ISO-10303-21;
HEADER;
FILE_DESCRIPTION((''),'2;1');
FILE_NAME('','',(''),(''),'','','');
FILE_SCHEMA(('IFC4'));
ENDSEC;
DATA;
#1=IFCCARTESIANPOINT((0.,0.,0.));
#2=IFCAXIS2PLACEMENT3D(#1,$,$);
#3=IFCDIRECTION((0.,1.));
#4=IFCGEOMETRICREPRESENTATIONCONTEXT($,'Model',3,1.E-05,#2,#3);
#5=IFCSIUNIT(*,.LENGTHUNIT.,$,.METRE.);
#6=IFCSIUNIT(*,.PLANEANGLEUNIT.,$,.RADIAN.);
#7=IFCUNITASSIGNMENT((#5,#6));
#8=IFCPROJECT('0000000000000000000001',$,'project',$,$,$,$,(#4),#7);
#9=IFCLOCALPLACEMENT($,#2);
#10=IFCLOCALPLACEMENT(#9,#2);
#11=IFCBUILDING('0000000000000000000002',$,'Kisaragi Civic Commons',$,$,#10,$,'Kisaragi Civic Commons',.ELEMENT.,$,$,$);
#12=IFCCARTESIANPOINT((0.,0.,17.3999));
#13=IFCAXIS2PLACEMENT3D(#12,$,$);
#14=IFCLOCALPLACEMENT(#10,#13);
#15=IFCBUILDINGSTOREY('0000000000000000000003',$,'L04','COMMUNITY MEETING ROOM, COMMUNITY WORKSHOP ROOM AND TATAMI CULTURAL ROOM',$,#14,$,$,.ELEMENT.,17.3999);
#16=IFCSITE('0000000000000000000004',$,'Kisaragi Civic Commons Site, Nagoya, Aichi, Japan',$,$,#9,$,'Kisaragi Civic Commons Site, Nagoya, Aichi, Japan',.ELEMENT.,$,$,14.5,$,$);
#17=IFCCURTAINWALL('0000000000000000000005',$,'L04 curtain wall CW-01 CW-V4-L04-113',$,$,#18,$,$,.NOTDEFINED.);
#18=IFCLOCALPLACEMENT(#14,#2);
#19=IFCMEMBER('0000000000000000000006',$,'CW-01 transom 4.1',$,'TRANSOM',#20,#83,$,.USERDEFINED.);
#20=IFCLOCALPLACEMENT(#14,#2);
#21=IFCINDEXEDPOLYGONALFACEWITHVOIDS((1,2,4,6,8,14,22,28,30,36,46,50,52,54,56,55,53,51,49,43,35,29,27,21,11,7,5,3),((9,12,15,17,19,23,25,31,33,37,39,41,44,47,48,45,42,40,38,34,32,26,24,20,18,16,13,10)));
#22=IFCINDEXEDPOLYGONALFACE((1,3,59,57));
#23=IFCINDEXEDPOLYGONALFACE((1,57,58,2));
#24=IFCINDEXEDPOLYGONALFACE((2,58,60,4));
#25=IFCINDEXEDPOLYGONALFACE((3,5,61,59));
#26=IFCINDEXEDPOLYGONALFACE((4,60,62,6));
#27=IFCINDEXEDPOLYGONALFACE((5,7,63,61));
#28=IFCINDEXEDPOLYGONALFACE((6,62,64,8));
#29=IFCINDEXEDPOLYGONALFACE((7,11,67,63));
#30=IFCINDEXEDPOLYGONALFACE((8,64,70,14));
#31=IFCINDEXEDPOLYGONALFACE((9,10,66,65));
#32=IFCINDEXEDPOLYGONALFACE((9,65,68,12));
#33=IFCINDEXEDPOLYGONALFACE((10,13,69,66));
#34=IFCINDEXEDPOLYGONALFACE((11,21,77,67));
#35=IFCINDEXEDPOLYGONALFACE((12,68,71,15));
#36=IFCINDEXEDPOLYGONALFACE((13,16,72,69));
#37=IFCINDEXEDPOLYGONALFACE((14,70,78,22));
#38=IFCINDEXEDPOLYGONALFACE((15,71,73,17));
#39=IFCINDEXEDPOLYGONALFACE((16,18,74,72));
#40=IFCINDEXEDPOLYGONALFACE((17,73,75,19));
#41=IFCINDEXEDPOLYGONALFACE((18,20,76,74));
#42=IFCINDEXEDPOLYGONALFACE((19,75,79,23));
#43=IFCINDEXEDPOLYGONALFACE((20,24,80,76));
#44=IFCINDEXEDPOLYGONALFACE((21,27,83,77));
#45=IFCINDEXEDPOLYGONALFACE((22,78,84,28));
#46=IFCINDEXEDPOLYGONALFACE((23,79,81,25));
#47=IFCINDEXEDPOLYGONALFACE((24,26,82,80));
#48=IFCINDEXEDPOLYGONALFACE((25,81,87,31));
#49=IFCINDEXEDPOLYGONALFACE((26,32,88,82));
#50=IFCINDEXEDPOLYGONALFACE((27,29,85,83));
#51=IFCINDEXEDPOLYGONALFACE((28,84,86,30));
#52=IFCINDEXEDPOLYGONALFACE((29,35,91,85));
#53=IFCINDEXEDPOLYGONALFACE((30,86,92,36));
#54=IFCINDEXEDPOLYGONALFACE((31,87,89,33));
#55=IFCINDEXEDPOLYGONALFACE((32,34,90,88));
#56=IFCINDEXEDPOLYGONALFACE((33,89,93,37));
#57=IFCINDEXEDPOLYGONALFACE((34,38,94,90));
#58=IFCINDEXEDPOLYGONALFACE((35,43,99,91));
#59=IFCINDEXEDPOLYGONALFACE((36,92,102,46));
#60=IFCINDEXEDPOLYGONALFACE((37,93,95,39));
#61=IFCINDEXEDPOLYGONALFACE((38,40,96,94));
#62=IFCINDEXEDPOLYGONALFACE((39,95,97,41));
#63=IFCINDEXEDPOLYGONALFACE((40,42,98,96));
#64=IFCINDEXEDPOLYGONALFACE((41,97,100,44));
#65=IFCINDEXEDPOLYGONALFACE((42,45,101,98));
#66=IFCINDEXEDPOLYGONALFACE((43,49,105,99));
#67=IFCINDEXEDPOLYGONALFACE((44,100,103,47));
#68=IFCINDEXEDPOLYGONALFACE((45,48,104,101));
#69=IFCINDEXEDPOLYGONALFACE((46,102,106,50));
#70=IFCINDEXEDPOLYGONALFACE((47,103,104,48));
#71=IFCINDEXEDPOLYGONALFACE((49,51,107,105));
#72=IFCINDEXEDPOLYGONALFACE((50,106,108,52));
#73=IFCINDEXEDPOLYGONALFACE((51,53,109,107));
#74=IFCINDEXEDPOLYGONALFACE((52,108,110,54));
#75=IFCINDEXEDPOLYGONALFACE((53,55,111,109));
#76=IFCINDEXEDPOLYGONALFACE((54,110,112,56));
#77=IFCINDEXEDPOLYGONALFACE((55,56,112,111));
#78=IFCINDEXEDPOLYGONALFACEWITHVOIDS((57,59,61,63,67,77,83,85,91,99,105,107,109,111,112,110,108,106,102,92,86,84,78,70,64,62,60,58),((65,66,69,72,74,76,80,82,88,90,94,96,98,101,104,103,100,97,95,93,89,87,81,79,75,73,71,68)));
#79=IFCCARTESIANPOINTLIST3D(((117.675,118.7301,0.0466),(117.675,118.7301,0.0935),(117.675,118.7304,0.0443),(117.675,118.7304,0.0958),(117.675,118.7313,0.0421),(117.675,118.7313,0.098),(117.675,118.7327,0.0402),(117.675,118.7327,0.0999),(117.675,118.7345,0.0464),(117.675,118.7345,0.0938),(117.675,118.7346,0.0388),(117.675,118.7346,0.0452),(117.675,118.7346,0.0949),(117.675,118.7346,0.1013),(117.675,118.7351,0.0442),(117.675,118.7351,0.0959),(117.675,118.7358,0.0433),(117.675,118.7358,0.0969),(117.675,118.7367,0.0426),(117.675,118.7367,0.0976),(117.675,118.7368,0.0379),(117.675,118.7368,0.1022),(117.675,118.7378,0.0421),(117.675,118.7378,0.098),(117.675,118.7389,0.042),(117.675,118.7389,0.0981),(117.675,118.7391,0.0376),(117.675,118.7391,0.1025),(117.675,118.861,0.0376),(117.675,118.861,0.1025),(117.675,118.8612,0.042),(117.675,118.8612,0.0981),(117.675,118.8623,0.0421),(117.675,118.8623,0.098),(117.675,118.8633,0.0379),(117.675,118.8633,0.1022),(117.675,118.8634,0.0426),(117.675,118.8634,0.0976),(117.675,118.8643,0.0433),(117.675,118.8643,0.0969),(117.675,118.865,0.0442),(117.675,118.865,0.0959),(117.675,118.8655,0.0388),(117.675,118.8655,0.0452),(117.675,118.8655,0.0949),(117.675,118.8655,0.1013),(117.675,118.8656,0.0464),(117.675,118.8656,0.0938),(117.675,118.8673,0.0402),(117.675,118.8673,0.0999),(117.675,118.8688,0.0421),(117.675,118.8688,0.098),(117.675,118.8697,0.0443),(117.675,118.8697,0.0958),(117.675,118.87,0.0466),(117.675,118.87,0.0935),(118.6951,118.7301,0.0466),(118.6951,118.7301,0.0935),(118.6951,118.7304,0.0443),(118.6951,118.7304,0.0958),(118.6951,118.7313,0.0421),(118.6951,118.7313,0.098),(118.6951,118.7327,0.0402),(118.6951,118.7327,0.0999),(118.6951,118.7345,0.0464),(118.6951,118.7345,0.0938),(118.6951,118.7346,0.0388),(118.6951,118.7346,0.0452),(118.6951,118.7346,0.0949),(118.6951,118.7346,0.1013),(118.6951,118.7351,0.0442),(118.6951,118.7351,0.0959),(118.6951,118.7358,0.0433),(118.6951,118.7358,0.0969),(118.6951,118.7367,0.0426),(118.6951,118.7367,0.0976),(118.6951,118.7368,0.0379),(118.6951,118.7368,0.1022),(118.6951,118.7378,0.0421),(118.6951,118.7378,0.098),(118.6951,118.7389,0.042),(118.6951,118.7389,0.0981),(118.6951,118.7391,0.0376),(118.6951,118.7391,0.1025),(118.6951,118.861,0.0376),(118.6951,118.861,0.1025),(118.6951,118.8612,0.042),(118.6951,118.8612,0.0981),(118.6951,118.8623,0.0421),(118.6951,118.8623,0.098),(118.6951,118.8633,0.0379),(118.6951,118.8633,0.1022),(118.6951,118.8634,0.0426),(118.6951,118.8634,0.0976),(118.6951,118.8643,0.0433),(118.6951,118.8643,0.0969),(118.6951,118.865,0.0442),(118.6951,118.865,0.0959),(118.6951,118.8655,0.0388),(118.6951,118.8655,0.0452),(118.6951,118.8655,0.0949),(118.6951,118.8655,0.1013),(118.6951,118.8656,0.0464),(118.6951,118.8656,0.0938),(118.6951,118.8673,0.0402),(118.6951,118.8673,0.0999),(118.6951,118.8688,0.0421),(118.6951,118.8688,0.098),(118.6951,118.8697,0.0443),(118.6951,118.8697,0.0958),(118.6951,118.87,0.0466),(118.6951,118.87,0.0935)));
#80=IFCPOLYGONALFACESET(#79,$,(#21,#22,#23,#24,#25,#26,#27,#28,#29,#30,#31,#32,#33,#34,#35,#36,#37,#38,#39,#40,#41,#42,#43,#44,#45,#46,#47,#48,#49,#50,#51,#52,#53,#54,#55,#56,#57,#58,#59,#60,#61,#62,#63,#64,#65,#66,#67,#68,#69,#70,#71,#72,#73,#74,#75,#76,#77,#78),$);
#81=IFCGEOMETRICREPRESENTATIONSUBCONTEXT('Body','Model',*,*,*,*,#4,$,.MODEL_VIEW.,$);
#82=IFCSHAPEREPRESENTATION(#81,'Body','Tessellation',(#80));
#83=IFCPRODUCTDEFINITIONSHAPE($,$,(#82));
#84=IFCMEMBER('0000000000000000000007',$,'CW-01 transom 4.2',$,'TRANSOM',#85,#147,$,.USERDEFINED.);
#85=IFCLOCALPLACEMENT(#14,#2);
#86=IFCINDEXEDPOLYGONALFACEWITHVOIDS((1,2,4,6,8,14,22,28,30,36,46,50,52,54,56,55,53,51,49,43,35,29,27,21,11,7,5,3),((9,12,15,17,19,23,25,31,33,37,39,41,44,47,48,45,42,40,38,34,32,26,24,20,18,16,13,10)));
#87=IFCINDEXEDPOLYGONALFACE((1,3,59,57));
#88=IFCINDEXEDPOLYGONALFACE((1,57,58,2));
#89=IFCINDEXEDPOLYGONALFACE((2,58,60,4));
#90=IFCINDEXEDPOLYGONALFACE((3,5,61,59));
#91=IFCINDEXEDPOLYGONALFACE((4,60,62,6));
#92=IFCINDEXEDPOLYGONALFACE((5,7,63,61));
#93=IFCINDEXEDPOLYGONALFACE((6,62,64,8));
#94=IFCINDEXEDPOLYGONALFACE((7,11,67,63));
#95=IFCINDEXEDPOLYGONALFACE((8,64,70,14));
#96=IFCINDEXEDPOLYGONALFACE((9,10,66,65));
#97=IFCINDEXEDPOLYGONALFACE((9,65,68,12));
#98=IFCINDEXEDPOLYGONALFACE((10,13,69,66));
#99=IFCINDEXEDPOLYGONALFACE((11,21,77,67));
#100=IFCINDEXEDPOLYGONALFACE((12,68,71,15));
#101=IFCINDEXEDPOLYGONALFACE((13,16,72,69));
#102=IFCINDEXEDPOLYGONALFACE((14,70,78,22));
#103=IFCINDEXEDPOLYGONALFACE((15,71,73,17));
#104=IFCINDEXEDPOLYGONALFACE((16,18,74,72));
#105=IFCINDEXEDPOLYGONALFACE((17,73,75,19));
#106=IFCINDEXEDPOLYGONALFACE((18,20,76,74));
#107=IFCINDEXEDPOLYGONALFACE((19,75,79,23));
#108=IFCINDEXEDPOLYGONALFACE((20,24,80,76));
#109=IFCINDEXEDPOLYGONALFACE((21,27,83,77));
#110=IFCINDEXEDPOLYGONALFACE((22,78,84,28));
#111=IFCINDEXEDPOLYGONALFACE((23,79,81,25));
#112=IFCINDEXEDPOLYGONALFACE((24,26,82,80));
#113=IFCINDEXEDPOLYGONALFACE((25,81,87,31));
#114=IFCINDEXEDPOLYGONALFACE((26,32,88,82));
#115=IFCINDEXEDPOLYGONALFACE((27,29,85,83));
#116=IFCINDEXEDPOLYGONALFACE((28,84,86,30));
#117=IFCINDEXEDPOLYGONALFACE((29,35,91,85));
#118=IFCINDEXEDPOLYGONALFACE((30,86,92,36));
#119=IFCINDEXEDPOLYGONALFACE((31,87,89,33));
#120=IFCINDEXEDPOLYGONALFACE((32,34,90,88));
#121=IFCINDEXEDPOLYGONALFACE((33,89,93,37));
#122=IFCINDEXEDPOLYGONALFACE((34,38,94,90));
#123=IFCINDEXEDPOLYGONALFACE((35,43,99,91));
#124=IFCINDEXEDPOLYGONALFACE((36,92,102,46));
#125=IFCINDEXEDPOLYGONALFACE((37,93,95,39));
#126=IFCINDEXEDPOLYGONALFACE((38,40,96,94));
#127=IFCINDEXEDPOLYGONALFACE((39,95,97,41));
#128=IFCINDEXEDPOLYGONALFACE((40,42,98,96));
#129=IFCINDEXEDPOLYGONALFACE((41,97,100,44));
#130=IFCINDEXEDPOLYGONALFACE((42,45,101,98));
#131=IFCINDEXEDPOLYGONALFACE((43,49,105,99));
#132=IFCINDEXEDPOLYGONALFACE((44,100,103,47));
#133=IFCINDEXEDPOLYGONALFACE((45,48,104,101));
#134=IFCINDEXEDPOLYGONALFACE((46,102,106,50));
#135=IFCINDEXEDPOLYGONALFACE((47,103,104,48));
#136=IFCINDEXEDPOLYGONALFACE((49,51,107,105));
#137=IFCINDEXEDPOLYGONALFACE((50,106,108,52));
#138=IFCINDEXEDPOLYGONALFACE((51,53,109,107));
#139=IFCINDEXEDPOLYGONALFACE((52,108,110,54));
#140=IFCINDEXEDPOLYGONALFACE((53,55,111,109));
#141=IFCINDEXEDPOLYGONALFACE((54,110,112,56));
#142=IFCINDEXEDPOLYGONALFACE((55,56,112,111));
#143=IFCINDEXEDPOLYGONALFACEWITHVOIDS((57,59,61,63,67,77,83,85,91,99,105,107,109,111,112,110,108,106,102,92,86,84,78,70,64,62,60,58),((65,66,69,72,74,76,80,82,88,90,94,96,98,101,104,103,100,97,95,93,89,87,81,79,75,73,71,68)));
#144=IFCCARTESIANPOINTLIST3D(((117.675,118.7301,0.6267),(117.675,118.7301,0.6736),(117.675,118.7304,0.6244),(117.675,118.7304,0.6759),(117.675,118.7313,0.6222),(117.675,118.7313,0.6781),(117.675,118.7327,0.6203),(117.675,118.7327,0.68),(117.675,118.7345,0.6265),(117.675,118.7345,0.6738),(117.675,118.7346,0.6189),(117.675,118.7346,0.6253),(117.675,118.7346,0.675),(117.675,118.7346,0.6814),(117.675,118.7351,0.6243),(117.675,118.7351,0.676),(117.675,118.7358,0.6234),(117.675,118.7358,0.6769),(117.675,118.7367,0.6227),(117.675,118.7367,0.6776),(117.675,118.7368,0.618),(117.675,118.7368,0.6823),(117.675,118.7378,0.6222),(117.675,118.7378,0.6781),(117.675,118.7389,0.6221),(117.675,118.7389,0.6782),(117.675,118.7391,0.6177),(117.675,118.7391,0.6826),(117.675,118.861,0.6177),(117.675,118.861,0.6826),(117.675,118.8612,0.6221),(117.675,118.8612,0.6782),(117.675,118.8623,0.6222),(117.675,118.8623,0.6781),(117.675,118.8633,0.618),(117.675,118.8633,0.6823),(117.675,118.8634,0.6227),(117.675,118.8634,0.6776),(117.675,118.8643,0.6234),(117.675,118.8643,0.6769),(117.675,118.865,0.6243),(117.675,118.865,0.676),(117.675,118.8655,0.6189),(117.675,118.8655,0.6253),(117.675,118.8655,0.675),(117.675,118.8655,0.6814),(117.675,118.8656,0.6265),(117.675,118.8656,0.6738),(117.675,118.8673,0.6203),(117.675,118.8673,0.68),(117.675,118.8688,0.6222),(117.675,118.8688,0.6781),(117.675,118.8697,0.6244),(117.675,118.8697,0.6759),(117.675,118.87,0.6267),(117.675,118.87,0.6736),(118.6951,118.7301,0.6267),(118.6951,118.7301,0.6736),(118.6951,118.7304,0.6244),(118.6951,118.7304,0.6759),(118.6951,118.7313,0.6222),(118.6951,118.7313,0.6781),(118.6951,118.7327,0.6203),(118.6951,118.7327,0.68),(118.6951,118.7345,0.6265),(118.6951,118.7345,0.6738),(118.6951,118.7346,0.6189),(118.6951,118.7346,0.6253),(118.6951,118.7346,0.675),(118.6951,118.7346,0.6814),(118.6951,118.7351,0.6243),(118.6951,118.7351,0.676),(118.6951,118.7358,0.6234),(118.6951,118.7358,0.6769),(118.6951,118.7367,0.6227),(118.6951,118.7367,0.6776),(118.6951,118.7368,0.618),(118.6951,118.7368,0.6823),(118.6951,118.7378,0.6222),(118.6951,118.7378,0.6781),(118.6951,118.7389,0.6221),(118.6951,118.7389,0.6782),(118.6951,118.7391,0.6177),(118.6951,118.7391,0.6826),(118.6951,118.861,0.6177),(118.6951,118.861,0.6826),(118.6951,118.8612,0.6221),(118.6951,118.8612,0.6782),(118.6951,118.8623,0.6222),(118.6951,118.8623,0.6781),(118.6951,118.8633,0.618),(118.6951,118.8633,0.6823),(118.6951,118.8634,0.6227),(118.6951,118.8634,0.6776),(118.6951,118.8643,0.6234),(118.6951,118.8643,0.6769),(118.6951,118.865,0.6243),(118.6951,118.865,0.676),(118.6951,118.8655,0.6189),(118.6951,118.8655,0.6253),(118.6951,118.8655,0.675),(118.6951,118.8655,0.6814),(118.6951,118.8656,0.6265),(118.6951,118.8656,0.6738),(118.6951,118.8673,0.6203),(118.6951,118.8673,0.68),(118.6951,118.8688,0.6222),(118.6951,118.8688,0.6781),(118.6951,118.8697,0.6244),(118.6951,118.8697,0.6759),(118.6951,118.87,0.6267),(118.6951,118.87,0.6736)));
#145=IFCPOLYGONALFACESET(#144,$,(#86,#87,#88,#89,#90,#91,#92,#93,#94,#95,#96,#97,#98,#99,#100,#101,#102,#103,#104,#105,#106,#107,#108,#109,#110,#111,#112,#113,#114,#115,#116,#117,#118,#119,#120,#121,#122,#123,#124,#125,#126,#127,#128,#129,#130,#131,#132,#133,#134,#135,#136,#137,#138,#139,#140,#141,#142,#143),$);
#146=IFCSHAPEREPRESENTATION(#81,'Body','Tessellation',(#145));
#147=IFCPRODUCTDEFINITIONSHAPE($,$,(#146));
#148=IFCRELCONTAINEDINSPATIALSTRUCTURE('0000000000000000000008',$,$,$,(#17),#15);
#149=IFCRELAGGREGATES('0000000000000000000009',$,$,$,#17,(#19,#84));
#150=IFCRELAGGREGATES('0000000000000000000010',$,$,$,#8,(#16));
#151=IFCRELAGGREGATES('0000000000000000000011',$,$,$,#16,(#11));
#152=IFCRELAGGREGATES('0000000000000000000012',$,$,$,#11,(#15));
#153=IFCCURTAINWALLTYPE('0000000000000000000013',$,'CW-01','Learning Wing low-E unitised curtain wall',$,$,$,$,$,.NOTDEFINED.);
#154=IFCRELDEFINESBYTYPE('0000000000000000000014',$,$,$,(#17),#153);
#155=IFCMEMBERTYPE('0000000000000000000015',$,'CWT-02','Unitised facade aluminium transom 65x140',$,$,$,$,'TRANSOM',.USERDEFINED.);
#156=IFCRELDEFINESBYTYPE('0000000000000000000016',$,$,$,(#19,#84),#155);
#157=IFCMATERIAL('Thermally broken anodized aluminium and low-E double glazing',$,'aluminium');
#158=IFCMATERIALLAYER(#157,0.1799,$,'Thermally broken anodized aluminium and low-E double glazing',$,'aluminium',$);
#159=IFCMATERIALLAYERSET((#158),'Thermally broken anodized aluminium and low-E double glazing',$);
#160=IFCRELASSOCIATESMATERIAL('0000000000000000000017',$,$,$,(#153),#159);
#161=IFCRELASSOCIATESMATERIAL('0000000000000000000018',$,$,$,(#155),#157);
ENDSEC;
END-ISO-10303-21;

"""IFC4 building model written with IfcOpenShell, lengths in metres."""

from ifc_helpers import new_model, si_unit, direction, frame, origin, origin_2d, place, context, subcontext, project, spatial, hollow_rectangle, extrude, material, layer, layer_set, material_profile, profile_set, type_object, element, aggregate, save


model = new_model("IFC4")

# Units and contexts
model_context = context("Model", 3, precision=1e-05, world=origin(), true_north=direction((0.0, 1.0)))
body_context = subcontext(model_context, "Body", "Model", "MODEL_VIEW")
ifc_project = project(units=[si_unit("LENGTHUNIT", "METRE"), si_unit("PLANEANGLEUNIT", "RADIAN")], contexts=[model_context])

# Site, building, storey
site_placement = place(None, origin())
site = spatial("IfcSite", under=ifc_project, at=site_placement, Name="Kisaragi Civic Commons Site, Nagoya, Aichi, Japan", LongName="Kisaragi Civic Commons Site, Nagoya, Aichi, Japan", CompositionType="ELEMENT", RefElevation=14.5)
building_placement = place(site_placement, origin())
building = spatial("IfcBuilding", under=site, at=building_placement, Name="Kisaragi Civic Commons", LongName="Kisaragi Civic Commons", CompositionType="ELEMENT")
storey_placement = place(building_placement, frame((0.0, 0.0, 17.3999)))
storey = spatial("IfcBuildingStorey", under=building, at=storey_placement, Name="L04", Description="COMMUNITY MEETING ROOM, COMMUNITY WORKSHOP ROOM AND TATAMI CULTURAL ROOM", CompositionType="ELEMENT", Elevation=17.3999)

# Curtain wall, members
ifc_material = material(Name="Thermally broken anodized aluminium and low-E double glazing", Category="aluminium")
ifc_layer_1 = layer(ifc_material, 0.1799, Name="Thermally broken anodized aluminium and low-E double glazing", Category="aluminium")
ifc_layer_set_1 = layer_set([ifc_layer_1], Name="Thermally broken anodized aluminium and low-E double glazing")
curtain_wall_type = type_object("IfcCurtainWallType", Name="CW-01", Description="Learning Wing low-E unitised curtain wall", PredefinedType="NOTDEFINED", material=ifc_layer_set_1)
curtain_wall_placement = place(storey_placement, origin())
curtain_wall = element("IfcCurtainWall", 1, at=curtain_wall_placement, inside=storey, type_object=curtain_wall_type, Name="L04 curtain wall CW-01 CW-V4-L04-113", PredefinedType="NOTDEFINED")
ifc_material_profile_1 = material_profile(ifc_material, hollow_rectangle(XDim=0.1399, YDim=0.0649, WallThickness=0.0044, InnerFilletRadius=0.0044, OuterFilletRadius=0.009, at=origin_2d()), Name="CWT-65x140x4.5", Category="aluminium")
ifc_profile_set_1 = profile_set([ifc_material_profile_1], Name="Thermally broken anodized aluminium and low-E double glazing")
member_type_1 = type_object("IfcMemberType", Name="CWT-02", Description="Unitised facade aluminium transom 65x140", ElementType="TRANSOM", PredefinedType="USERDEFINED", material=ifc_profile_set_1)
member_1_placement = place(storey_placement, frame((117.675, 118.8, 0.0701), z_axis=(1.0, 0.0, 0.0), x_axis=(0.0, 1.0, 0.0)))
member_1 = element("IfcMember", 2, at=member_1_placement, type_object=member_type_1, Name="CW-01 transom 4.1", ObjectType="TRANSOM", PredefinedType="USERDEFINED", context=body_context, shape_type="SweptSolid", body=[
    extrude(hollow_rectangle(XDim=0.1399, YDim=0.0649, WallThickness=0.0044, InnerFilletRadius=0.0044, OuterFilletRadius=0.009, at=origin_2d()), origin(), (0.0, 0.0, 1.0), 1.02),
])
member_2_placement = place(storey_placement, frame((117.675, 118.8, 0.6501), z_axis=(1.0, 0.0, 0.0), x_axis=(0.0, 1.0, 0.0)))
member_2 = element("IfcMember", 3, at=member_2_placement, type_object=member_type_1, Name="CW-01 transom 4.2", ObjectType="TRANSOM", PredefinedType="USERDEFINED", context=body_context, shape_type="SweptSolid", body=[
    extrude(hollow_rectangle(XDim=0.1399, YDim=0.0649, WallThickness=0.0044, InnerFilletRadius=0.0044, OuterFilletRadius=0.009, at=origin_2d()), origin(), (0.0, 0.0, 1.0), 1.02),
])
aggregate(curtain_wall, [member_1, member_2])

save(model, "model.ifc")
